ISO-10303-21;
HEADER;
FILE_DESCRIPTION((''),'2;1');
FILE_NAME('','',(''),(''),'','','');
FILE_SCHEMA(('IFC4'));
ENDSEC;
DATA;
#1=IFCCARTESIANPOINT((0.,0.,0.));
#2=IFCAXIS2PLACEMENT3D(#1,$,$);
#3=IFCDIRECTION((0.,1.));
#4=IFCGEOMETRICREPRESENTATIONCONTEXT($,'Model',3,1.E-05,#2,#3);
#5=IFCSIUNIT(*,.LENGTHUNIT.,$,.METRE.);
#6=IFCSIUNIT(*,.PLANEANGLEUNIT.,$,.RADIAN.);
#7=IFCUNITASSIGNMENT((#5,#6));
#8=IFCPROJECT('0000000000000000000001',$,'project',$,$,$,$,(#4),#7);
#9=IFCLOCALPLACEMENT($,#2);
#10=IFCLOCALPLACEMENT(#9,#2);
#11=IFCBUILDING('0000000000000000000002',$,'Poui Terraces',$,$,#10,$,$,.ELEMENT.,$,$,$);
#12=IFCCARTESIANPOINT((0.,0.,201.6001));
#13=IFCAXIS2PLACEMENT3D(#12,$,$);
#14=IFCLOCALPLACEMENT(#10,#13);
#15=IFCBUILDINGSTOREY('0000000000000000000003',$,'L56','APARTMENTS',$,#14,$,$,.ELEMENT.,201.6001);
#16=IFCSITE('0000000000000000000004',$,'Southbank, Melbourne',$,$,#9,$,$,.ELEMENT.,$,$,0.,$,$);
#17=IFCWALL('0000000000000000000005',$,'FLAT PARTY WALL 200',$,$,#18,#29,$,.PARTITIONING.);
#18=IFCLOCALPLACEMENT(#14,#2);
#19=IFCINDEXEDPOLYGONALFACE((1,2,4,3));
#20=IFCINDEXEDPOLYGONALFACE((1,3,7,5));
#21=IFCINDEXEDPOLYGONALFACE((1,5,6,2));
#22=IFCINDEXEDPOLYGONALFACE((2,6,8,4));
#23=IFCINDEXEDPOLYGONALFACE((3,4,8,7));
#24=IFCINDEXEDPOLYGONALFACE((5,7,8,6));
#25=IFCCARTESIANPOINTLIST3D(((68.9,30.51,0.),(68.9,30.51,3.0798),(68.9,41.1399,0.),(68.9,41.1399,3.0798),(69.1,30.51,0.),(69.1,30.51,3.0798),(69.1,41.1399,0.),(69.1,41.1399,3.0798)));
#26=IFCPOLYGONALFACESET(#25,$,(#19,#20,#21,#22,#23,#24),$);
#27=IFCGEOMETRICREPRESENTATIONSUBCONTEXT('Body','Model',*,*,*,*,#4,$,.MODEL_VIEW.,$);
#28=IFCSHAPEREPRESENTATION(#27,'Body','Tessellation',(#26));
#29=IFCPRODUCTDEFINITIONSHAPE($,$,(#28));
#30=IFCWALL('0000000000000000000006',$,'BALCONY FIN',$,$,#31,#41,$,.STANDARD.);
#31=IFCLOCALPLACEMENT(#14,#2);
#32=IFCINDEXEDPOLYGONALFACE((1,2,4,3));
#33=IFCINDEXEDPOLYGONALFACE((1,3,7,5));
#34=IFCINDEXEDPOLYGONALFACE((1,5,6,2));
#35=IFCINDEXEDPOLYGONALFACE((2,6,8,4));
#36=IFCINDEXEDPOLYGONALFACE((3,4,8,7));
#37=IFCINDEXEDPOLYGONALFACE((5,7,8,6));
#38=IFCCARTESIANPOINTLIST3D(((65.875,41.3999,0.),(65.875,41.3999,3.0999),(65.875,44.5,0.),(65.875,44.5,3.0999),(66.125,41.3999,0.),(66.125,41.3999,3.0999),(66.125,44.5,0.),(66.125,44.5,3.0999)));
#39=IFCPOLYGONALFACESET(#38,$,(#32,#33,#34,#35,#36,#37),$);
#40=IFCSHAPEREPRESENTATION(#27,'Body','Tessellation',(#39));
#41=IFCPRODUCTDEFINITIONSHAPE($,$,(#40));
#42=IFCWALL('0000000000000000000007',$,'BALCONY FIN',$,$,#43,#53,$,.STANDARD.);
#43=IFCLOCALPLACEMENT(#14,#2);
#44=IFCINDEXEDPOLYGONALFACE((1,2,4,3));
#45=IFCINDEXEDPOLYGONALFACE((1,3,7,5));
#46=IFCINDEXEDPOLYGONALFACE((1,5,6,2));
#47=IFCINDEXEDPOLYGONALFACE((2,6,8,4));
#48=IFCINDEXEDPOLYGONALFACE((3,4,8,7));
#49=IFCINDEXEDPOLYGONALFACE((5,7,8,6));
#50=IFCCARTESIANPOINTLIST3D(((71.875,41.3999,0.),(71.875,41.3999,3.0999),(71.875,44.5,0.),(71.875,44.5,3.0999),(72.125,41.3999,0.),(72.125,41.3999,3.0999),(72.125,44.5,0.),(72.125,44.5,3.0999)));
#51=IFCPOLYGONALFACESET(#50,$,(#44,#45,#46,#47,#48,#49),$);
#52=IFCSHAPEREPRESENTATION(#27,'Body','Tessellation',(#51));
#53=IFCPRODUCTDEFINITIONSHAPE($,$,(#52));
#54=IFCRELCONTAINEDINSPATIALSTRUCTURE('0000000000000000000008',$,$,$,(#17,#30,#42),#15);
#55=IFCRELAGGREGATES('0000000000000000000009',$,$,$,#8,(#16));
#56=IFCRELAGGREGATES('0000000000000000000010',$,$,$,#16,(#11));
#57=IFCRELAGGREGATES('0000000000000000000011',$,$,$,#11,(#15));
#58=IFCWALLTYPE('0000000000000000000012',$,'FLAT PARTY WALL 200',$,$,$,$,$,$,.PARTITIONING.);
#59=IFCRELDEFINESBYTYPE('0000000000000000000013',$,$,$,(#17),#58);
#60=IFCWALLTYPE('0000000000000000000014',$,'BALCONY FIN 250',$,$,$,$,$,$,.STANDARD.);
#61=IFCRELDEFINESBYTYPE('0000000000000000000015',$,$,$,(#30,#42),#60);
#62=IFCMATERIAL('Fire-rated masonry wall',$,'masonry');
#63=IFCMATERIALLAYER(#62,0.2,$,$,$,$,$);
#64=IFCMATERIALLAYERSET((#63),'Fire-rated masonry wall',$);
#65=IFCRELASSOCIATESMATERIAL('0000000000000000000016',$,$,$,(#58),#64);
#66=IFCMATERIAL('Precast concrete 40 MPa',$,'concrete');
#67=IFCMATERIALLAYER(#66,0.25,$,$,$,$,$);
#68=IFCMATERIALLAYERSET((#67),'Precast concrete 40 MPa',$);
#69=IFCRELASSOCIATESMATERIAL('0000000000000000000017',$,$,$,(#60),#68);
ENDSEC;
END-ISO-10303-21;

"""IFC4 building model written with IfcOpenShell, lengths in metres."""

from ifc_helpers import new_model, si_unit, direction, frame, frame_2d, origin, place, context, subcontext, project, spatial, polyline, rectangle, outline, extrude, source, transform, mapped, material, layer, layer_set, type_object, element, save


model = new_model("IFC4")

# Units and contexts
model_context = context("Model", 3, precision=1e-05, world=origin(), true_north=direction((0.0, 1.0)))
body_context = subcontext(model_context, "Body", "Model", "MODEL_VIEW")
ifc_project = project(units=[si_unit("LENGTHUNIT", "METRE"), si_unit("PLANEANGLEUNIT", "RADIAN")], contexts=[model_context])

# Site, building, storey
site_placement = place(None, origin())
site = spatial("IfcSite", under=ifc_project, at=site_placement, Name="Southbank, Melbourne", CompositionType="ELEMENT", RefElevation=0.0)
building_placement = place(site_placement, origin())
building = spatial("IfcBuilding", under=site, at=building_placement, Name="Poui Terraces", CompositionType="ELEMENT")
storey_placement = place(building_placement, frame((0.0, 0.0, 201.6001)))
storey = spatial("IfcBuildingStorey", under=building, at=storey_placement, Name="L56", Description="APARTMENTS", CompositionType="ELEMENT", Elevation=201.6001)

# Walls
ifc_material_1 = material(Name="Fire-rated masonry wall", Category="masonry")
ifc_layer_1 = layer(ifc_material_1, 0.2)
ifc_layer_set_1 = layer_set([ifc_layer_1], Name="Fire-rated masonry wall")
wall_type_1 = type_object("IfcWallType", Name="FLAT PARTY WALL 200", PredefinedType="PARTITIONING", material=ifc_layer_set_1)
wall_1_placement = place(storey_placement, frame((69.0, 30.51, 0.0), z_axis=(0.0, 0.0, 1.0), x_axis=(0.0, 1.0, 0.0)))
element("IfcWall", 1, at=wall_1_placement, inside=storey, type_object=wall_type_1, Name="FLAT PARTY WALL 200", PredefinedType="PARTITIONING", context=body_context, shape_type="SweptSolid", body=[
    extrude(rectangle(XDim=10.6299, YDim=0.2, at=frame_2d((5.3149, 0.0))), origin(), (0.0, 0.0, 1.0), 3.0798),
])
ifc_material_2 = material(Name="Precast concrete 40 MPa", Category="concrete")
ifc_layer_2 = layer(ifc_material_2, 0.25)
ifc_layer_set_2 = layer_set([ifc_layer_2], Name="Precast concrete 40 MPa")
wall_type_2 = type_object("IfcWallType", Name="BALCONY FIN 250", PredefinedType="STANDARD", material=ifc_layer_set_2)
shared_shape_1 = source(origin(), body_context, "Body", "SweptSolid", [
    extrude(outline(polyline([(0.0, 0.0), (0.25, 0.0), (0.25, 3.1001), (0.0, 3.1001), (0.0, 0.0)])), origin(), (0.0, 0.0, 1.0), 3.0999),
])
for number, where, name in (
    (2, (65.875, 41.3999, 0.0), "BALCONY FIN"),
    (3, (71.875, 41.3999, 0.0), "BALCONY FIN"),
):
    element("IfcWall", number, at=place(storey_placement, frame(where)), inside=storey, type_object=wall_type_2, Name=name, PredefinedType="STANDARD", context=body_context, shape_type="MappedRepresentation", body=[
        mapped(shared_shape_1, transform((0.0, 0.0, 0.0))),
    ])

save(model, "model.ifc")
